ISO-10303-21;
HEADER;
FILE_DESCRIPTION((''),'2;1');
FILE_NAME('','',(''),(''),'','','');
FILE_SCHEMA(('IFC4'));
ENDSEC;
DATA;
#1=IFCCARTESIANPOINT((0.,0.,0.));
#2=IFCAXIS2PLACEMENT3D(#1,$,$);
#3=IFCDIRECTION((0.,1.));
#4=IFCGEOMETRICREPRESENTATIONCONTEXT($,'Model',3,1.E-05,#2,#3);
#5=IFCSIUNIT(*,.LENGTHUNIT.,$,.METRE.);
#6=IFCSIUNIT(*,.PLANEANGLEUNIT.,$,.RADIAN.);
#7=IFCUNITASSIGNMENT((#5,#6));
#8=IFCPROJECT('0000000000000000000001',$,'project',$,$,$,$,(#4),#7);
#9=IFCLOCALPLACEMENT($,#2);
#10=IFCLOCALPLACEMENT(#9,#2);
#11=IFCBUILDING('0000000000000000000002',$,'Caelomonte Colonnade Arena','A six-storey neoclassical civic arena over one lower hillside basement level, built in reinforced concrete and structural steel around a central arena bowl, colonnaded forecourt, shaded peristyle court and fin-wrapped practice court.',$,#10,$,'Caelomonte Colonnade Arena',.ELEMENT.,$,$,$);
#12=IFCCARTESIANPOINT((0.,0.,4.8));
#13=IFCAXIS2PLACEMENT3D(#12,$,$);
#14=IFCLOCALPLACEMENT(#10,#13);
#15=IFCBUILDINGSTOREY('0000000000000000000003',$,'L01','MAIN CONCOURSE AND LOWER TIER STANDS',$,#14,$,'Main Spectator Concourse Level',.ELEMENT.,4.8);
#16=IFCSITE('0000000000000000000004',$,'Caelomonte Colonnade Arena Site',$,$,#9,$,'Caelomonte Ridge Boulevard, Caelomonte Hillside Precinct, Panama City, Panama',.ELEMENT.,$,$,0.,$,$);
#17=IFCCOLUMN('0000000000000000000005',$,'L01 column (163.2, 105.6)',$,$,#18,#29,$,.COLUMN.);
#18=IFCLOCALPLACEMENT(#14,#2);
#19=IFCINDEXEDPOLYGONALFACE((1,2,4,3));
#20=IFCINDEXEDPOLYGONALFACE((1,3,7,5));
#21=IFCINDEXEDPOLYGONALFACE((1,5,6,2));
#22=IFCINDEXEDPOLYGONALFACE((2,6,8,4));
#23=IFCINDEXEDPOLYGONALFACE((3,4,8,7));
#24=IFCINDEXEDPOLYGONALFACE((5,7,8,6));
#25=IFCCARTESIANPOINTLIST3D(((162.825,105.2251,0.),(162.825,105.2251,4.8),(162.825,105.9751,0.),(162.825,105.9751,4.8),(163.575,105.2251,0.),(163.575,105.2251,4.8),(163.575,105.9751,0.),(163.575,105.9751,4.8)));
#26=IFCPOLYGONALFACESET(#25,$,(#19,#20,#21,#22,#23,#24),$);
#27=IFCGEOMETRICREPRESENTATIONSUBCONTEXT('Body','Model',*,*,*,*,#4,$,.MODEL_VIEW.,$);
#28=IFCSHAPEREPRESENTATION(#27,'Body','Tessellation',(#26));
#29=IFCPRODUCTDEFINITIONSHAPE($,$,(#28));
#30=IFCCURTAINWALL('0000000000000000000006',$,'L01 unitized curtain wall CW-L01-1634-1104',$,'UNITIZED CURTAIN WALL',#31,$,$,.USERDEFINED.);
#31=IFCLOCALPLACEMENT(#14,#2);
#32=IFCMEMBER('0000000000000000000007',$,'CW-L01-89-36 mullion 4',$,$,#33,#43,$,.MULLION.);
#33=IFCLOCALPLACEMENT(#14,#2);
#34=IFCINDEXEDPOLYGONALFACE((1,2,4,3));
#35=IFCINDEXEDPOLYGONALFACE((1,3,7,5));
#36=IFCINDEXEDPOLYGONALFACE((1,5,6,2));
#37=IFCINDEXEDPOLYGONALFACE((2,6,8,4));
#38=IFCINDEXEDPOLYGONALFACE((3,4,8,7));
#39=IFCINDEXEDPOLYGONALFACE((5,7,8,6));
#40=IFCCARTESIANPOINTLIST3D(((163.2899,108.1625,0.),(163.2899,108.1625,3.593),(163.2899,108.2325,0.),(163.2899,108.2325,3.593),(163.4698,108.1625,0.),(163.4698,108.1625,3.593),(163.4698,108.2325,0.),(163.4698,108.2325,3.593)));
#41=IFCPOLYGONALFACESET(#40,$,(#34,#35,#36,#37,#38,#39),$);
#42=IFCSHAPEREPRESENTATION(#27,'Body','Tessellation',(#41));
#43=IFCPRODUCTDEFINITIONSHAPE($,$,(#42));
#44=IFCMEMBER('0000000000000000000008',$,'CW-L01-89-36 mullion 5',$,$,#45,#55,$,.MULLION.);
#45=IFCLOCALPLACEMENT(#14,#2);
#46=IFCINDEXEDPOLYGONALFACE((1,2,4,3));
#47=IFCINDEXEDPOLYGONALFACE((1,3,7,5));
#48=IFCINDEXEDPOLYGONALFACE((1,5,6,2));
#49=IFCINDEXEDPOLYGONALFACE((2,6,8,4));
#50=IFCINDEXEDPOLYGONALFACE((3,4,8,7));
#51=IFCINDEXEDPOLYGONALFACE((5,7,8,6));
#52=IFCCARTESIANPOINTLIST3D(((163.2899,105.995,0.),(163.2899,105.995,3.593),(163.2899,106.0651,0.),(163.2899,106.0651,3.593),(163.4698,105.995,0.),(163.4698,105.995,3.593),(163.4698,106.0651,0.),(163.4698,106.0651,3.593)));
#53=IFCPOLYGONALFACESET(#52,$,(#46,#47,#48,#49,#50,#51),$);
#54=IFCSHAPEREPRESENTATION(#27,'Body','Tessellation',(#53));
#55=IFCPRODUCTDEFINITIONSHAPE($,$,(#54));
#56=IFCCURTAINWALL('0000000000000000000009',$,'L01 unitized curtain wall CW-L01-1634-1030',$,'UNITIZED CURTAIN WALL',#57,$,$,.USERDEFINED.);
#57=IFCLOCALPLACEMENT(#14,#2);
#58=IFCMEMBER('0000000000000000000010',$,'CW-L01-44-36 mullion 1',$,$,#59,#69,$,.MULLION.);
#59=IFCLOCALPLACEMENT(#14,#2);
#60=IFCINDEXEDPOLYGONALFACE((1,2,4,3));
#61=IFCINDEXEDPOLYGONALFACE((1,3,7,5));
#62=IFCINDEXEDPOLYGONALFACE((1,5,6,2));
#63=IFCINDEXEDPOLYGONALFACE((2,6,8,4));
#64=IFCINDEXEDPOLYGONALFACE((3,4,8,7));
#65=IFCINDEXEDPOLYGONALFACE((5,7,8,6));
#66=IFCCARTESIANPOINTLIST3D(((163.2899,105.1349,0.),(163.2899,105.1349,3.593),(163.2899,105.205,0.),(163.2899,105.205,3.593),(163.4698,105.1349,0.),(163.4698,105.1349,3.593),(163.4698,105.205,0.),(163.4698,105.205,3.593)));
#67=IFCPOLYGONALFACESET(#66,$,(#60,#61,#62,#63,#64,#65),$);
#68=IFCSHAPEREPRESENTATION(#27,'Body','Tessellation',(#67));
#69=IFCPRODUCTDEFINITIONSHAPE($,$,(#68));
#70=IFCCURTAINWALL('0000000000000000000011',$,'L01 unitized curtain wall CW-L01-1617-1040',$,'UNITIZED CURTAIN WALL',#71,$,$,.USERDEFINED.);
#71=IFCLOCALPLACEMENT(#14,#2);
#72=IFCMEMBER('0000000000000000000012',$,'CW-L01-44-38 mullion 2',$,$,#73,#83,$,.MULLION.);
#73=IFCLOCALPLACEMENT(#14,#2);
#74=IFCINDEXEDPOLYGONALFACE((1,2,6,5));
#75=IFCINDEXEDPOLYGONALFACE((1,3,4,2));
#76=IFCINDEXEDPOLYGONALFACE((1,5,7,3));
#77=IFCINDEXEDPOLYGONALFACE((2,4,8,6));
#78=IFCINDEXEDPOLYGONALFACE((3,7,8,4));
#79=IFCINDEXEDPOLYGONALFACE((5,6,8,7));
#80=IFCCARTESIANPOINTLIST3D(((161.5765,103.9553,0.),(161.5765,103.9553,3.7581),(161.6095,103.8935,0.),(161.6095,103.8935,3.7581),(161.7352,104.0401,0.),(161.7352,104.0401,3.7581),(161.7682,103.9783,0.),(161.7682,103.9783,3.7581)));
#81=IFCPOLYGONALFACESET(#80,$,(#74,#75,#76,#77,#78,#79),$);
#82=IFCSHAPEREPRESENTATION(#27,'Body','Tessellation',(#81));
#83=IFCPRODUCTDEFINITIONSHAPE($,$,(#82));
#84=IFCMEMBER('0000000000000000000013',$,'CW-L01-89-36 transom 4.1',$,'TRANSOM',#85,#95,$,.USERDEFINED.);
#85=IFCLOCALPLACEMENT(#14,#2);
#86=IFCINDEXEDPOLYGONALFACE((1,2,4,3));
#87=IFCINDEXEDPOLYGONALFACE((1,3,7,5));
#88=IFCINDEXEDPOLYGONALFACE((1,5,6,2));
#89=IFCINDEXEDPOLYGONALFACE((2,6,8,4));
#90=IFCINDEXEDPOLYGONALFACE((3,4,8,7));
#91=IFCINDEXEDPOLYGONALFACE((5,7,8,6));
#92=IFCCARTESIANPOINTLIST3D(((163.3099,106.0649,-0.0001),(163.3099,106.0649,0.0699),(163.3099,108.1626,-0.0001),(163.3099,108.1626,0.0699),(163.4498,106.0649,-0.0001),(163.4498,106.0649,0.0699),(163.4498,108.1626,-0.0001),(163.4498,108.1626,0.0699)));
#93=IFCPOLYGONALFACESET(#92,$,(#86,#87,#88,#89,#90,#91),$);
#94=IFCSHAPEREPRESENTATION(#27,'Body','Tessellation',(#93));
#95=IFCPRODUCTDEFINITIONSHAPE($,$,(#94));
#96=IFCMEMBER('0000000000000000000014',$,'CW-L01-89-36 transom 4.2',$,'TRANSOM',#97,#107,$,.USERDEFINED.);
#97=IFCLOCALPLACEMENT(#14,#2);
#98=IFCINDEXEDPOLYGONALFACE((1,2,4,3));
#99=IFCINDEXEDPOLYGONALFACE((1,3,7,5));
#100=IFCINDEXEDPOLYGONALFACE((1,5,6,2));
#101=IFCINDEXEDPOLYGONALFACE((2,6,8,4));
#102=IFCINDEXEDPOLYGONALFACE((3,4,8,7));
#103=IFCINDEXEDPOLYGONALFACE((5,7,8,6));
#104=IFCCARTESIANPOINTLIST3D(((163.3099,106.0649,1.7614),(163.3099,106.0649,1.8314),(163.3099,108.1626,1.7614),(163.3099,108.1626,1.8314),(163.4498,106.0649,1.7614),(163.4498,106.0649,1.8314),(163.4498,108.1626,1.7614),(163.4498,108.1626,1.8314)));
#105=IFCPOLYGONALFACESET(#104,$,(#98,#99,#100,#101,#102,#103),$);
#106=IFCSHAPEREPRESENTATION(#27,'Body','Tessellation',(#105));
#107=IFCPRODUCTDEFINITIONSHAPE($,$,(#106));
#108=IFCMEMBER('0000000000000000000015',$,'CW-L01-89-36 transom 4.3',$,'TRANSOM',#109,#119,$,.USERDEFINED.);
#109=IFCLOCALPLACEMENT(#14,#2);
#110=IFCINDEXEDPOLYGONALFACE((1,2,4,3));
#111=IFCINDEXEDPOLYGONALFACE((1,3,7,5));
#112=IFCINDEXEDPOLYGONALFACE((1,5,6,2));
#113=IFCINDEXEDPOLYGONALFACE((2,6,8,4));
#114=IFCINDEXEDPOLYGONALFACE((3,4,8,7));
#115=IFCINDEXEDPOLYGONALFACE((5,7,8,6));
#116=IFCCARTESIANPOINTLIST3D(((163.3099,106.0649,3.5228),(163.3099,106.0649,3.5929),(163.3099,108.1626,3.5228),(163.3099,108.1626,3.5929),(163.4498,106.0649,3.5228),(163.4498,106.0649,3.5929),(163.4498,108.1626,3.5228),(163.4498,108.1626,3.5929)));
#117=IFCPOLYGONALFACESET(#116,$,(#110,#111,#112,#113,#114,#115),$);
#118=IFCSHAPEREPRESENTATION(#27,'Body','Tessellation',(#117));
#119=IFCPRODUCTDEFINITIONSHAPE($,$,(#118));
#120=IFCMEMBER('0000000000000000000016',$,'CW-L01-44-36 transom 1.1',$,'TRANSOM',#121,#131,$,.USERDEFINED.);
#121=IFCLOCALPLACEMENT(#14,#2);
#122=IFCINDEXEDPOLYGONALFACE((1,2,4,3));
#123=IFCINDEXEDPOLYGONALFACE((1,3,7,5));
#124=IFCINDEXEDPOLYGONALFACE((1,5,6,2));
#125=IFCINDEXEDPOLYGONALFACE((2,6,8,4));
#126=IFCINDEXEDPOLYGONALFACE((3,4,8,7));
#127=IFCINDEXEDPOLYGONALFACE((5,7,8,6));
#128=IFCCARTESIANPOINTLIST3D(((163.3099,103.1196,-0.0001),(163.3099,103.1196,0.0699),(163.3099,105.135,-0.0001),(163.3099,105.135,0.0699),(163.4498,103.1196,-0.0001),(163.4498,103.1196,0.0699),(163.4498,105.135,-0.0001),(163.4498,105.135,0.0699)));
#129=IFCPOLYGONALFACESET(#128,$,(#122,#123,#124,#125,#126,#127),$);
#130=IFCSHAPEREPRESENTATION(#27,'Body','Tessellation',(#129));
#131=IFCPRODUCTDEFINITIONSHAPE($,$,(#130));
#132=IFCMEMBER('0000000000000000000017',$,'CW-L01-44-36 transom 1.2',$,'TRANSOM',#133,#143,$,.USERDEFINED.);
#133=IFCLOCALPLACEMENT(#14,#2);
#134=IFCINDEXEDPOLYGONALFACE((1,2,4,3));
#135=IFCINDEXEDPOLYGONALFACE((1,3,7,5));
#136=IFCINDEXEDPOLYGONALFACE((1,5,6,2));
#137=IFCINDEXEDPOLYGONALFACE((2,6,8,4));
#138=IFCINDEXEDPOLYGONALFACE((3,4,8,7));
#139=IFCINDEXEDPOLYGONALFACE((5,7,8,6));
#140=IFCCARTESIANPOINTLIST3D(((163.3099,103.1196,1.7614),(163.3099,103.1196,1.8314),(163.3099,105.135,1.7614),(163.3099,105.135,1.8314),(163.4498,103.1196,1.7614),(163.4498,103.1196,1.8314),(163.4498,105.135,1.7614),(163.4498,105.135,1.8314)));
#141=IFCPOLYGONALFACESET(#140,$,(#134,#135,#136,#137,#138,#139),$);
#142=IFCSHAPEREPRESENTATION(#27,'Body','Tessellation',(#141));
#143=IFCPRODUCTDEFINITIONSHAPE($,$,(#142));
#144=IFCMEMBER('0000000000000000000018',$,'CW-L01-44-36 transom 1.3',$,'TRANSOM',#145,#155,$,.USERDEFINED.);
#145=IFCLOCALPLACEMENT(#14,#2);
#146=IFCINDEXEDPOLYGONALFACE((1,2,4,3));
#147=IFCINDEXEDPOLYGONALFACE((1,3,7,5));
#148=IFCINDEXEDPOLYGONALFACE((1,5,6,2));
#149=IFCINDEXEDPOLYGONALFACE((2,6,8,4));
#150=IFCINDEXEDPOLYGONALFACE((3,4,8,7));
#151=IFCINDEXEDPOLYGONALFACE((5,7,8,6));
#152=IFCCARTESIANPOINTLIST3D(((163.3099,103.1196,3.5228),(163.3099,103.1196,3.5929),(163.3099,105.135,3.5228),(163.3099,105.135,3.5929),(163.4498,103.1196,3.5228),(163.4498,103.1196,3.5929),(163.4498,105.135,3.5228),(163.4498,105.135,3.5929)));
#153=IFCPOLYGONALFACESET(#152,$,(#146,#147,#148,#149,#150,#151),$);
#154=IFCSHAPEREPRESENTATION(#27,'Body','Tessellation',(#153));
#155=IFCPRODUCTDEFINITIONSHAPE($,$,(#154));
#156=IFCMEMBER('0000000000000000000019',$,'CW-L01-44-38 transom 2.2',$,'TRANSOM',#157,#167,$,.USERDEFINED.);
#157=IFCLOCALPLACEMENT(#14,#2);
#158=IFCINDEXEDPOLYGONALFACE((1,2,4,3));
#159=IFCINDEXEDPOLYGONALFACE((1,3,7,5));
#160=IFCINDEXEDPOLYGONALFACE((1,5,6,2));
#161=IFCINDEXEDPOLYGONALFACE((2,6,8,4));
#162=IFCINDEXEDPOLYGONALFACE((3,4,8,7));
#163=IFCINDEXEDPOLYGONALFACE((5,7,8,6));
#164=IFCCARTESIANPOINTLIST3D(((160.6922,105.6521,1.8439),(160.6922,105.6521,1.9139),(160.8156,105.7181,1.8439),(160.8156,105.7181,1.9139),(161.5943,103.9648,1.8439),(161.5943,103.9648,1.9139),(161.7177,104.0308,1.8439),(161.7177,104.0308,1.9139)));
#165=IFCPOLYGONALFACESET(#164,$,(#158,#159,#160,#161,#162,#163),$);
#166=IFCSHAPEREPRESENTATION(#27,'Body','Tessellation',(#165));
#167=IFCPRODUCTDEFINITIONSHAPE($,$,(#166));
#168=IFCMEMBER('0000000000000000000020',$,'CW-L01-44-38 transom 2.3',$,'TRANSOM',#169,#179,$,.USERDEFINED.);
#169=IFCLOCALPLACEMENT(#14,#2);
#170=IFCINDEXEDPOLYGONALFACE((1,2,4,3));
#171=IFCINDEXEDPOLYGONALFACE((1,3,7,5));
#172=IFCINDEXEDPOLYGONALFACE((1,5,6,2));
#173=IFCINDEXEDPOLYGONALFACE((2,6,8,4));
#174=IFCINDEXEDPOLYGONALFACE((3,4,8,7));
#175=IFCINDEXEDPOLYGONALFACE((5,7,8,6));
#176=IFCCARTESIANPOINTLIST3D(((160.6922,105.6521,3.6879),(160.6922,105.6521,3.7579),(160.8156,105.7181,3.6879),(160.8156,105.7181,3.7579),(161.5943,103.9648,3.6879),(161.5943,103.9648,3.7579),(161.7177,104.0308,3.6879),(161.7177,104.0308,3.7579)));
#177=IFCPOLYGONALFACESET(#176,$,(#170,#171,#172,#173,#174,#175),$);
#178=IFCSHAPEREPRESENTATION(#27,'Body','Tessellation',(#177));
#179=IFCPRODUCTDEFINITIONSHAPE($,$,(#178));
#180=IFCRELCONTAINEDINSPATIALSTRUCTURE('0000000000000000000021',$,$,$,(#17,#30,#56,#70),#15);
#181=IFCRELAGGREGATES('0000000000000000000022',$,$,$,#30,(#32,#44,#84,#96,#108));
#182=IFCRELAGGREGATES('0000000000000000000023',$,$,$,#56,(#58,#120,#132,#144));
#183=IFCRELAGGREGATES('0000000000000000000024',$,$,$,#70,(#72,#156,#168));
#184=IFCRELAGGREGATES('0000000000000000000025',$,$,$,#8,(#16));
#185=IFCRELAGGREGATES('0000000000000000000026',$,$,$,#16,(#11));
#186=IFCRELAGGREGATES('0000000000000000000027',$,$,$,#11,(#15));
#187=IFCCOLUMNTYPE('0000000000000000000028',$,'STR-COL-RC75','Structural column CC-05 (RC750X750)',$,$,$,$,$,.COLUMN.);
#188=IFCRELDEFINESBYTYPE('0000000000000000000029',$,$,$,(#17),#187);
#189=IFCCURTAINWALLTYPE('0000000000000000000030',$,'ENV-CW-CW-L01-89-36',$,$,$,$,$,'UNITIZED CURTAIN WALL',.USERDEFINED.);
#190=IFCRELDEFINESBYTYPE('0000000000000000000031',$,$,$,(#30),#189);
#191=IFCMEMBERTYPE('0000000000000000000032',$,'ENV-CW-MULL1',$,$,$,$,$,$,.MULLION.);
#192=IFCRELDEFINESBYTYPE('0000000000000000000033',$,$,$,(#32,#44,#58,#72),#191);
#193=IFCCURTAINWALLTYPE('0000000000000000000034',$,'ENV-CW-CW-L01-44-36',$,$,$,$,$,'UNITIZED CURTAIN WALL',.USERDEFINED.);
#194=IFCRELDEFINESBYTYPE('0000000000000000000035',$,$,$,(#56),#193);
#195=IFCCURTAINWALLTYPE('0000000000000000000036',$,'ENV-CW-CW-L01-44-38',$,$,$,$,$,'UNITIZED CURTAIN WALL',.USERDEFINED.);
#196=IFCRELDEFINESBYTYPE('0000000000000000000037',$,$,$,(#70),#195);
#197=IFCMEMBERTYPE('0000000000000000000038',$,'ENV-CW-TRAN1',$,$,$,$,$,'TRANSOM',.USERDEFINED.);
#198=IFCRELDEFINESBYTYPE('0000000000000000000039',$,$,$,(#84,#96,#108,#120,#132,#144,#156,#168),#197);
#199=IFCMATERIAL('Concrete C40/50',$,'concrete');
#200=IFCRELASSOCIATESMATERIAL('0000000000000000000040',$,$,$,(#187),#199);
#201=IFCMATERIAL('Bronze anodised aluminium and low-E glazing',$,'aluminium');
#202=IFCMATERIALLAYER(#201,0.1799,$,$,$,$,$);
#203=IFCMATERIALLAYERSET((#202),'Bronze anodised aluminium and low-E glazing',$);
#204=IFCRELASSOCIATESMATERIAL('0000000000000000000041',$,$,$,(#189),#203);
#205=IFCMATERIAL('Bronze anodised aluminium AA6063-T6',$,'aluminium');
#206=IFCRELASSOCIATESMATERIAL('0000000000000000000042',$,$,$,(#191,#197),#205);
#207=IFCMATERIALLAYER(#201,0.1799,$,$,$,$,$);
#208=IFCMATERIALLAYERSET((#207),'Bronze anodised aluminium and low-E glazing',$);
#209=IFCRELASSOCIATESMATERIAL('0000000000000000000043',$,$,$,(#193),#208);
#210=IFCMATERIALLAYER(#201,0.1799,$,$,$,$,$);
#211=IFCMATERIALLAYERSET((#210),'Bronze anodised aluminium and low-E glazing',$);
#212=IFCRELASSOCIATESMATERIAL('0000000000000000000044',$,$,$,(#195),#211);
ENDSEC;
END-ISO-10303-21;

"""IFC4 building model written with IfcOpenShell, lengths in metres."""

from ifc_helpers import new_model, si_unit, direction, frame, origin, origin_2d, place, context, subcontext, project, spatial, rectangle, extrude, material, layer, layer_set, material_profile, profile_set, type_object, element, aggregate, save


model = new_model("IFC4")

# Units and contexts
model_context = context("Model", 3, precision=1e-05, world=origin(), true_north=direction((0.0, 1.0)))
body_context = subcontext(model_context, "Body", "Model", "MODEL_VIEW")
ifc_project = project(units=[si_unit("LENGTHUNIT", "METRE"), si_unit("PLANEANGLEUNIT", "RADIAN")], contexts=[model_context])

# Site, building, storey
site_placement = place(None, origin())
site = spatial("IfcSite", under=ifc_project, at=site_placement, Name="Caelomonte Colonnade Arena Site", LongName="Caelomonte Ridge Boulevard, Caelomonte Hillside Precinct, Panama City, Panama", CompositionType="ELEMENT", RefElevation=0.0)
building_placement = place(site_placement, origin())
building = spatial("IfcBuilding", under=site, at=building_placement, Name="Caelomonte Colonnade Arena", Description="A six-storey neoclassical civic arena over one lower hillside basement level, built in reinforced concrete and structural steel around a central arena bowl, colonnaded forecourt, shaded peristyle court and fin-wrapped practice court.", LongName="Caelomonte Colonnade Arena", CompositionType="ELEMENT")
storey_placement = place(building_placement, frame((0.0, 0.0, 4.8)))
storey = spatial("IfcBuildingStorey", under=building, at=storey_placement, Name="L01", Description="MAIN CONCOURSE AND LOWER TIER STANDS", LongName="Main Spectator Concourse Level", CompositionType="ELEMENT", Elevation=4.8)

# Column
ifc_material_1 = material(Name="Concrete C40/50", Category="concrete")
ifc_material_profile_1 = material_profile(ifc_material_1, rectangle(XDim=0.75, YDim=0.75, at=origin_2d()), Name="RC750X750")
ifc_profile_set_1 = profile_set([ifc_material_profile_1], Name="Concrete C40/50")
column_type = type_object("IfcColumnType", Name="STR-COL-RC75", Description="Structural column CC-05 (RC750X750)", PredefinedType="COLUMN", material=ifc_profile_set_1)
column_placement = place(storey_placement, frame((163.2, 105.6001, 0.0), z_axis=(0.0, 0.0, 1.0), x_axis=(1.0, 0.0, 0.0)))
element("IfcColumn", 1, at=column_placement, inside=storey, type_object=column_type, Name="L01 column (163.2, 105.6)", PredefinedType="COLUMN", context=body_context, shape_type="SweptSolid", body=[
    extrude(rectangle(XDim=0.75, YDim=0.75, at=origin_2d()), origin(), (0.0, 0.0, 1.0), 4.8),
])

# Curtain wall, members
ifc_material_2 = material(Name="Bronze anodised aluminium and low-E glazing", Category="aluminium")
ifc_layer_1 = layer(ifc_material_2, 0.1799)
ifc_layer_set_1 = layer_set([ifc_layer_1], Name="Bronze anodised aluminium and low-E glazing")
curtain_wall_type_1 = type_object("IfcCurtainWallType", Name="ENV-CW-CW-L01-89-36", ElementType="UNITIZED CURTAIN WALL", PredefinedType="USERDEFINED", material=ifc_layer_set_1)
curtain_wall_1_placement = place(storey_placement, origin())
curtain_wall_1 = element("IfcCurtainWall", 2, at=curtain_wall_1_placement, inside=storey, type_object=curtain_wall_type_1, Name="L01 unitized curtain wall CW-L01-1634-1104", ObjectType="UNITIZED CURTAIN WALL", PredefinedType="USERDEFINED")
ifc_material_3 = material(Name="Bronze anodised aluminium AA6063-T6", Category="aluminium")
ifc_material_profile_2 = material_profile(ifc_material_3, rectangle(XDim=0.0701, YDim=0.1799, at=origin_2d()), Name="CWM-70X180")
ifc_profile_set_2 = profile_set([ifc_material_profile_2], Name="Bronze anodised aluminium AA6063-T6")
member_type_1 = type_object("IfcMemberType", Name="ENV-CW-MULL1", PredefinedType="MULLION", material=ifc_profile_set_2)
member_1_placement = place(storey_placement, frame((163.3799, 108.1975, 0.0), z_axis=(0.0, 0.0, 1.0), x_axis=(0.0, -1.0, 0.0)))
member_1 = element("IfcMember", 3, at=member_1_placement, type_object=member_type_1, Name="CW-L01-89-36 mullion 4", PredefinedType="MULLION", context=body_context, shape_type="SweptSolid", body=[
    extrude(rectangle(XDim=0.0701, YDim=0.1799, at=origin_2d()), origin(), (0.0, 0.0, 1.0), 3.593),
])
member_2_placement = place(storey_placement, frame((163.3799, 106.03, 0.0), z_axis=(0.0, 0.0, 1.0), x_axis=(0.0, -1.0, 0.0)))
member_2 = element("IfcMember", 4, at=member_2_placement, type_object=member_type_1, Name="CW-L01-89-36 mullion 5", PredefinedType="MULLION", context=body_context, shape_type="SweptSolid", body=[
    extrude(rectangle(XDim=0.0701, YDim=0.1799, at=origin_2d()), origin(), (0.0, 0.0, 1.0), 3.593),
])

# Curtain walls, members
ifc_layer_2 = layer(ifc_material_2, 0.1799)
ifc_layer_set_2 = layer_set([ifc_layer_2], Name="Bronze anodised aluminium and low-E glazing")
curtain_wall_type_2 = type_object("IfcCurtainWallType", Name="ENV-CW-CW-L01-44-36", ElementType="UNITIZED CURTAIN WALL", PredefinedType="USERDEFINED", material=ifc_layer_set_2)
curtain_wall_2_placement = place(storey_placement, origin())
curtain_wall_2 = element("IfcCurtainWall", 5, at=curtain_wall_2_placement, inside=storey, type_object=curtain_wall_type_2, Name="L01 unitized curtain wall CW-L01-1634-1030", ObjectType="UNITIZED CURTAIN WALL", PredefinedType="USERDEFINED")
member_3_placement = place(storey_placement, frame((163.3799, 105.1699, 0.0), z_axis=(0.0, 0.0, 1.0), x_axis=(0.0, -1.0, 0.0)))
member_3 = element("IfcMember", 6, at=member_3_placement, type_object=member_type_1, Name="CW-L01-44-36 mullion 1", PredefinedType="MULLION", context=body_context, shape_type="SweptSolid", body=[
    extrude(rectangle(XDim=0.0701, YDim=0.1799, at=origin_2d()), origin(), (0.0, 0.0, 1.0), 3.593),
])
ifc_layer_3 = layer(ifc_material_2, 0.1799)
ifc_layer_set_3 = layer_set([ifc_layer_3], Name="Bronze anodised aluminium and low-E glazing")
curtain_wall_type_3 = type_object("IfcCurtainWallType", Name="ENV-CW-CW-L01-44-38", ElementType="UNITIZED CURTAIN WALL", PredefinedType="USERDEFINED", material=ifc_layer_set_3)
curtain_wall_3_placement = place(storey_placement, origin())
curtain_wall_3 = element("IfcCurtainWall", 7, at=curtain_wall_3_placement, inside=storey, type_object=curtain_wall_type_3, Name="L01 unitized curtain wall CW-L01-1617-1040", ObjectType="UNITIZED CURTAIN WALL", PredefinedType="USERDEFINED")
member_4_placement = place(storey_placement, frame((161.6724, 103.9668, 0.0), z_axis=(0.0, 0.0, 1.0), x_axis=(-0.471394, 0.881923, 0.0)))
member_4 = element("IfcMember", 8, at=member_4_placement, type_object=member_type_1, Name="CW-L01-44-38 mullion 2", PredefinedType="MULLION", context=body_context, shape_type="SweptSolid", body=[
    extrude(rectangle(XDim=0.0701, YDim=0.1799, at=origin_2d()), origin(), (0.0, 0.0, 1.0), 3.7581),
])

# Members
ifc_material_profile_3 = material_profile(ifc_material_3, rectangle(XDim=0.0701, YDim=0.1399, at=origin_2d()), Name="CWT-70X140")
ifc_profile_set_3 = profile_set([ifc_material_profile_3], Name="Bronze anodised aluminium AA6063-T6")
member_type_2 = type_object("IfcMemberType", Name="ENV-CW-TRAN1", ElementType="TRANSOM", PredefinedType="USERDEFINED", material=ifc_profile_set_3)
member_5_placement = place(storey_placement, frame((163.3799, 108.1626, 0.0349), z_axis=(0.0, -1.0, 0.0), x_axis=(0.0, 0.0, 1.0)))
member_5 = element("IfcMember", 9, at=member_5_placement, type_object=member_type_2, Name="CW-L01-89-36 transom 4.1", ObjectType="TRANSOM", PredefinedType="USERDEFINED", context=body_context, shape_type="SweptSolid", body=[
    extrude(rectangle(XDim=0.0701, YDim=0.1399, at=origin_2d()), origin(), (0.0, 0.0, 1.0), 2.0977),
])
member_6_placement = place(storey_placement, frame((163.3799, 108.1626, 1.7964), z_axis=(0.0, -1.0, 0.0), x_axis=(0.0, 0.0, 1.0)))
member_6 = element("IfcMember", 10, at=member_6_placement, type_object=member_type_2, Name="CW-L01-89-36 transom 4.2", ObjectType="TRANSOM", PredefinedType="USERDEFINED", context=body_context, shape_type="SweptSolid", body=[
    extrude(rectangle(XDim=0.0701, YDim=0.1399, at=origin_2d()), origin(), (0.0, 0.0, 1.0), 2.0977),
])
member_7_placement = place(storey_placement, frame((163.3799, 108.1626, 3.5579), z_axis=(0.0, -1.0, 0.0), x_axis=(0.0, 0.0, 1.0)))
member_7 = element("IfcMember", 11, at=member_7_placement, type_object=member_type_2, Name="CW-L01-89-36 transom 4.3", ObjectType="TRANSOM", PredefinedType="USERDEFINED", context=body_context, shape_type="SweptSolid", body=[
    extrude(rectangle(XDim=0.0701, YDim=0.1399, at=origin_2d()), origin(), (0.0, 0.0, 1.0), 2.0977),
])
member_8_placement = place(storey_placement, frame((163.3799, 105.135, 0.0349), z_axis=(0.0, -1.0, 0.0), x_axis=(0.0, 0.0, 1.0)))
member_8 = element("IfcMember", 12, at=member_8_placement, type_object=member_type_2, Name="CW-L01-44-36 transom 1.1", ObjectType="TRANSOM", PredefinedType="USERDEFINED", context=body_context, shape_type="SweptSolid", body=[
    extrude(rectangle(XDim=0.0701, YDim=0.1399, at=origin_2d()), origin(), (0.0, 0.0, 1.0), 2.0154),
])
member_9_placement = place(storey_placement, frame((163.3799, 105.135, 1.7964), z_axis=(0.0, -1.0, 0.0), x_axis=(0.0, 0.0, 1.0)))
member_9 = element("IfcMember", 13, at=member_9_placement, type_object=member_type_2, Name="CW-L01-44-36 transom 1.2", ObjectType="TRANSOM", PredefinedType="USERDEFINED", context=body_context, shape_type="SweptSolid", body=[
    extrude(rectangle(XDim=0.0701, YDim=0.1399, at=origin_2d()), origin(), (0.0, 0.0, 1.0), 2.0154),
])
member_10_placement = place(storey_placement, frame((163.3799, 105.135, 3.5579), z_axis=(0.0, -1.0, 0.0), x_axis=(0.0, 0.0, 1.0)))
member_10 = element("IfcMember", 14, at=member_10_placement, type_object=member_type_2, Name="CW-L01-44-36 transom 1.3", ObjectType="TRANSOM", PredefinedType="USERDEFINED", context=body_context, shape_type="SweptSolid", body=[
    extrude(rectangle(XDim=0.0701, YDim=0.1399, at=origin_2d()), origin(), (0.0, 0.0, 1.0), 2.0154),
])
member_11_placement = place(storey_placement, frame((161.656, 103.9978, 1.8789), z_axis=(-0.471495, 0.881869, 0.0), x_axis=(0.0, 0.0, 1.0)))
member_11 = element("IfcMember", 15, at=member_11_placement, type_object=member_type_2, Name="CW-L01-44-38 transom 2.2", ObjectType="TRANSOM", PredefinedType="USERDEFINED", context=body_context, shape_type="SweptSolid", body=[
    extrude(rectangle(XDim=0.0701, YDim=0.1399, at=origin_2d()), origin(), (0.0, 0.0, 1.0), 1.9133),
])
member_12_placement = place(storey_placement, frame((161.656, 103.9978, 3.7229), z_axis=(-0.471495, 0.881869, 0.0), x_axis=(0.0, 0.0, 1.0)))
member_12 = element("IfcMember", 16, at=member_12_placement, type_object=member_type_2, Name="CW-L01-44-38 transom 2.3", ObjectType="TRANSOM", PredefinedType="USERDEFINED", context=body_context, shape_type="SweptSolid", body=[
    extrude(rectangle(XDim=0.0701, YDim=0.1399, at=origin_2d()), origin(), (0.0, 0.0, 1.0), 1.9133),
])

aggregate(curtain_wall_1, [member_1, member_2, member_5, member_6, member_7])
aggregate(curtain_wall_2, [member_3, member_8, member_9, member_10])
aggregate(curtain_wall_3, [member_4, member_11, member_12])

save(model, "model.ifc")
